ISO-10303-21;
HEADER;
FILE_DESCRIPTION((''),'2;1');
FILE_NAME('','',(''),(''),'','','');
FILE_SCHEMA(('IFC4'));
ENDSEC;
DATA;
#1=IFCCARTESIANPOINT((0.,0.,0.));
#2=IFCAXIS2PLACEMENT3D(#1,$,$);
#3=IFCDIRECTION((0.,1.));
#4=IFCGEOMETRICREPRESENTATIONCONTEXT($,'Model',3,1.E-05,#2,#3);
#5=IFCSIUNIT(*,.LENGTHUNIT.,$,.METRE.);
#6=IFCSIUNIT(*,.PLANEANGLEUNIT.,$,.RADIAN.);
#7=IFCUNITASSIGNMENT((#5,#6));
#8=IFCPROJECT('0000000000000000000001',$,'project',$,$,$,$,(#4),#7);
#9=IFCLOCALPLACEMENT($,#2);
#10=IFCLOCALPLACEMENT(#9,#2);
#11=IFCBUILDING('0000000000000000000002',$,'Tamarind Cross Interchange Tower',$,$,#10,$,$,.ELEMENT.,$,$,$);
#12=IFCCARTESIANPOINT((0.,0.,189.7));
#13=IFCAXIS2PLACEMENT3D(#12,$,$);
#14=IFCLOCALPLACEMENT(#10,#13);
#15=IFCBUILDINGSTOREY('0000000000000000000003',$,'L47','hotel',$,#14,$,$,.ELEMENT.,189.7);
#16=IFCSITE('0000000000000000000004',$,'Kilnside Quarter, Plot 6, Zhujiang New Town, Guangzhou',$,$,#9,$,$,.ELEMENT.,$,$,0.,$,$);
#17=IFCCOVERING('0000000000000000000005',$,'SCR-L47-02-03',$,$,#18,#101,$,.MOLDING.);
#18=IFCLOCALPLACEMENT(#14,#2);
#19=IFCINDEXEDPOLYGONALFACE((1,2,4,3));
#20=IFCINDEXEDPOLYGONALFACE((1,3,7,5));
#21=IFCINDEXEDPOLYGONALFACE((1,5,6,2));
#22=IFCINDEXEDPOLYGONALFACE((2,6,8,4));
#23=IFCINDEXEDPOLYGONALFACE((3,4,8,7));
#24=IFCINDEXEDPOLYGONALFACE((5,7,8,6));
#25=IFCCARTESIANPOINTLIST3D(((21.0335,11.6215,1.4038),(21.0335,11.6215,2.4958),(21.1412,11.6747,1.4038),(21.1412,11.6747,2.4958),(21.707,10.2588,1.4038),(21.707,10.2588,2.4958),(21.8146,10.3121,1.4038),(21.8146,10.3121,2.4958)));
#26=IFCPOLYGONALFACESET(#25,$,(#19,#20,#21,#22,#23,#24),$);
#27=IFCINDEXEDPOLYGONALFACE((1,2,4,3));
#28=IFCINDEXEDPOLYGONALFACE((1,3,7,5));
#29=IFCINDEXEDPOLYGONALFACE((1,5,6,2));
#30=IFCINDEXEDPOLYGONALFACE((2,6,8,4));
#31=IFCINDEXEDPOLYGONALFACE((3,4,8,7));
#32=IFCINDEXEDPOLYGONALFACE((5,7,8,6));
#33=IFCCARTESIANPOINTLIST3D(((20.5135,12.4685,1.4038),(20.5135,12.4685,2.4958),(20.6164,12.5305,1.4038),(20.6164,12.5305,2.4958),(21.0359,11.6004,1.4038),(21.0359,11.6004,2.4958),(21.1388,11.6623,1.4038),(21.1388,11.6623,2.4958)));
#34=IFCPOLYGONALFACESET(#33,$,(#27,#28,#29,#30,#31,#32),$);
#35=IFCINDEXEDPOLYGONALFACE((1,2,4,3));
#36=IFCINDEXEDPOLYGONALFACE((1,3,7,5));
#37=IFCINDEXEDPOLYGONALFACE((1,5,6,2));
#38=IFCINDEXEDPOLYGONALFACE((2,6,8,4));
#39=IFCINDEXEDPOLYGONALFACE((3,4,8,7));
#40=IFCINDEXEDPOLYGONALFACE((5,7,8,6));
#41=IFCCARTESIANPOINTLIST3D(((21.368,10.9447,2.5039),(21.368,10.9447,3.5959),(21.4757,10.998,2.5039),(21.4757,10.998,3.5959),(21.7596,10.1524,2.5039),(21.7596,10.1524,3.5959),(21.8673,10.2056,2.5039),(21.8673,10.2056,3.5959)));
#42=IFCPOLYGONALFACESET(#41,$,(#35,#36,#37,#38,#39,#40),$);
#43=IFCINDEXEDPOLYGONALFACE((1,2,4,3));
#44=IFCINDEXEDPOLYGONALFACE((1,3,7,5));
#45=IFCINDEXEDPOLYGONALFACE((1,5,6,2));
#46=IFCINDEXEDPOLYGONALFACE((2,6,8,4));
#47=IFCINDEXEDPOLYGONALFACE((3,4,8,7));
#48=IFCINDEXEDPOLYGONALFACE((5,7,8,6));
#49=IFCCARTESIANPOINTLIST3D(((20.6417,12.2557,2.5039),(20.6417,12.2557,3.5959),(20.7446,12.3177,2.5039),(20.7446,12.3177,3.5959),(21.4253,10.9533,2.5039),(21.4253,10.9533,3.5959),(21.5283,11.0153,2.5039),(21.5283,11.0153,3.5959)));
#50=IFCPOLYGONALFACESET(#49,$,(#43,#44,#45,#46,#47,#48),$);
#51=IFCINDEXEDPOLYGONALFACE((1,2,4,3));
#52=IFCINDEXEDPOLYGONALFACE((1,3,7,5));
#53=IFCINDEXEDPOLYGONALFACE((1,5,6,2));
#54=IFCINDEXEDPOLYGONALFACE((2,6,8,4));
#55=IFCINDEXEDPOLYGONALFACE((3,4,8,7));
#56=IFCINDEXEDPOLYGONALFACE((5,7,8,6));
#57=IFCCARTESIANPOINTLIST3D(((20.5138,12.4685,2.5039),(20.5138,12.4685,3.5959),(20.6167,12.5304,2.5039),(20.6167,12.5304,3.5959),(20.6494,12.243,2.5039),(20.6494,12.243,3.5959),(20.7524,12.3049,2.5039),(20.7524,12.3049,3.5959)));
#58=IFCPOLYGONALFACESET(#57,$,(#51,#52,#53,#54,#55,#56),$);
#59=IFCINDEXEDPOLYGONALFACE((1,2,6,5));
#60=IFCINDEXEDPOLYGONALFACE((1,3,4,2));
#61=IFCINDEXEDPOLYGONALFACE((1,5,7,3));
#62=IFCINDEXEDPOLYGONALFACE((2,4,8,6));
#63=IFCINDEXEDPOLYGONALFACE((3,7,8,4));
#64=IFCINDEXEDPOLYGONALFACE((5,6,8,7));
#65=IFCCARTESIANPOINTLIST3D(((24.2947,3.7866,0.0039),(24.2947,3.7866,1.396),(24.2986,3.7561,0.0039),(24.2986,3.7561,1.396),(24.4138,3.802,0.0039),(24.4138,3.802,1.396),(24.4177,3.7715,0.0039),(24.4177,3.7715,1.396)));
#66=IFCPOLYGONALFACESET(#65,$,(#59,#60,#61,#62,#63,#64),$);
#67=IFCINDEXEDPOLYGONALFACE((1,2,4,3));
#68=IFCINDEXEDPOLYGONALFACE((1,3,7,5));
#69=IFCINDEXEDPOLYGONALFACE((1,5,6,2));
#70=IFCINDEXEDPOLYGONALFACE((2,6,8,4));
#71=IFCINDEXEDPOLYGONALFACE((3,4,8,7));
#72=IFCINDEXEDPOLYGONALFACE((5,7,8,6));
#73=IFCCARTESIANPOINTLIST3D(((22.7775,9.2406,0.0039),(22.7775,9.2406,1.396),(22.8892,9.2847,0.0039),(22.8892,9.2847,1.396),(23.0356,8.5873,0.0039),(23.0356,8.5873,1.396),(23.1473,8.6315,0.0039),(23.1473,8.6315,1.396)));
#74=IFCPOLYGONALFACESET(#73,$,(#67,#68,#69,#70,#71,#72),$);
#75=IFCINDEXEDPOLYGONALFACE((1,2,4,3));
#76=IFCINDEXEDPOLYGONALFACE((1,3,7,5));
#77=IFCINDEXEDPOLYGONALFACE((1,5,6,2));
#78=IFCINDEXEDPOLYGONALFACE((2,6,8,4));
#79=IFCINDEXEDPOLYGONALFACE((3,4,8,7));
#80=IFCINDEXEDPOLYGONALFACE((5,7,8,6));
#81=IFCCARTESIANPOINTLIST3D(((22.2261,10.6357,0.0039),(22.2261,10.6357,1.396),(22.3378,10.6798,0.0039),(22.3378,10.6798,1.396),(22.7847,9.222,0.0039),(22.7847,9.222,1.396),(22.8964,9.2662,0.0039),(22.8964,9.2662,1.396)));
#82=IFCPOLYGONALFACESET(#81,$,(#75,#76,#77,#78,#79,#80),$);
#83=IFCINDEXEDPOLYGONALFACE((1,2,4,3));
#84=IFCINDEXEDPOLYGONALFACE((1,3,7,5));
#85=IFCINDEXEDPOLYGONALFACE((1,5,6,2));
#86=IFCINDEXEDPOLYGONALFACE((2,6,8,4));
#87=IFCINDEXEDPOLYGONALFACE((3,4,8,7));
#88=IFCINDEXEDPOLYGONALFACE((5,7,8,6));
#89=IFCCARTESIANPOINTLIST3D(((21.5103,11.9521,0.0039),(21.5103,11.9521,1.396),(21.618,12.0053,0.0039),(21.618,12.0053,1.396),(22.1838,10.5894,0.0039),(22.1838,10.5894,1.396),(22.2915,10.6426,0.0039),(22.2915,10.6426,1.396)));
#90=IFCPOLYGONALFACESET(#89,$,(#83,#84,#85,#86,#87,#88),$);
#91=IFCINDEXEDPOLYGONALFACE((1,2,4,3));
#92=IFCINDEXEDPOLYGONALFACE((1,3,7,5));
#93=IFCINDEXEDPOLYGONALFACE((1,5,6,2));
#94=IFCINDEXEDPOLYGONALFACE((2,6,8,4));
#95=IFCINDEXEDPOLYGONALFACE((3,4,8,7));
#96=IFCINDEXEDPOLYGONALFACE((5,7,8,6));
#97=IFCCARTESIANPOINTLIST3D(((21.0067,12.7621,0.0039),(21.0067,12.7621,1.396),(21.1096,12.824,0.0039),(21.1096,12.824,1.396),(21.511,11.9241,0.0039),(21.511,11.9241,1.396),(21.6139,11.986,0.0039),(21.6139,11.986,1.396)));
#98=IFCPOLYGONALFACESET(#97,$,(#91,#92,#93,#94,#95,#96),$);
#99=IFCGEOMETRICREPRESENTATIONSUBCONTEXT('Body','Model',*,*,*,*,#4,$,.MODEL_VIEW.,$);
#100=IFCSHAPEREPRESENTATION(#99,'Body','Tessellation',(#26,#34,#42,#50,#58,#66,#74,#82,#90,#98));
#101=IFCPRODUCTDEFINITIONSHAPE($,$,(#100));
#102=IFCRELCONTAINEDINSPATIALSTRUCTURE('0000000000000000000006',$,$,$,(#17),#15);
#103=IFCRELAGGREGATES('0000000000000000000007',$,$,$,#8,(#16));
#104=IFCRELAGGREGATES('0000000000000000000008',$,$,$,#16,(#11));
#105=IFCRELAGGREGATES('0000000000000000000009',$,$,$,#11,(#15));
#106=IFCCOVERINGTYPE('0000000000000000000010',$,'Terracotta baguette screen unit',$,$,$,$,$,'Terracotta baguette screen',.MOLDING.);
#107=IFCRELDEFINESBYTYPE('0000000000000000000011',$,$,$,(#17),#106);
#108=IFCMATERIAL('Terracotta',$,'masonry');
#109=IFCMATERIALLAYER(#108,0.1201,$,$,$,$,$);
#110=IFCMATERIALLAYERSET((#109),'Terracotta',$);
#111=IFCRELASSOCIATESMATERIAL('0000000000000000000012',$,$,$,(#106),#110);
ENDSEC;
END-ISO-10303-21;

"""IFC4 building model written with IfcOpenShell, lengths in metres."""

from ifc_helpers import new_model, si_unit, direction, frame, origin, origin_2d, place, context, subcontext, project, spatial, rectangle, extrude, material, layer, layer_set, type_object, element, save


model = new_model("IFC4")

# Units and contexts
model_context = context("Model", 3, precision=1e-05, world=origin(), true_north=direction((0.0, 1.0)))
body_context = subcontext(model_context, "Body", "Model", "MODEL_VIEW")
ifc_project = project(units=[si_unit("LENGTHUNIT", "METRE"), si_unit("PLANEANGLEUNIT", "RADIAN")], contexts=[model_context])

# Site, building, storey
site_placement = place(None, origin())
site = spatial("IfcSite", under=ifc_project, at=site_placement, Name="Kilnside Quarter, Plot 6, Zhujiang New Town, Guangzhou", CompositionType="ELEMENT", RefElevation=0.0)
building_placement = place(site_placement, origin())
building = spatial("IfcBuilding", under=site, at=building_placement, Name="Tamarind Cross Interchange Tower", CompositionType="ELEMENT")
storey_placement = place(building_placement, frame((0.0, 0.0, 189.7)))
storey = spatial("IfcBuildingStorey", under=building, at=storey_placement, Name="L47", Description="hotel", CompositionType="ELEMENT", Elevation=189.7)

# Covering
ifc_material_1 = material(Name="Terracotta", Category="masonry")
ifc_layer_1 = layer(ifc_material_1, 0.1201)
ifc_layer_set_1 = layer_set([ifc_layer_1], Name="Terracotta")
covering_type = type_object("IfcCoveringType", Name="Terracotta baguette screen unit", ElementType="Terracotta baguette screen", PredefinedType="MOLDING", material=ifc_layer_set_1)
covering_1_placement = place(storey_placement, origin())
element("IfcCovering", 1, at=covering_1_placement, inside=storey, type_object=covering_type, Name="SCR-L47-02-03", PredefinedType="MOLDING", context=body_context, shape_type="SweptSolid", body=[
    extrude(rectangle(XDim=1.52, YDim=0.1201, at=origin_2d()), frame((21.4241, 10.9668, 1.4038), z_axis=(0.0, 0.0, 1.0), x_axis=(-0.443059, 0.896493, 0.0)), (0.0, 0.0, 1.0), 1.092),
    extrude(rectangle(XDim=1.0132, YDim=0.1201, at=origin_2d()), frame((20.8262, 12.0654, 1.4038), z_axis=(0.0, 0.0, 1.0), x_axis=(-0.515577, 0.856843, 0.0)), (0.0, 0.0, 1.0), 1.092),
    extrude(rectangle(XDim=0.8838, YDim=0.1201, at=origin_2d()), frame((21.6177, 10.5752, 2.5039), z_axis=(0.0, 0.0, 1.0), x_axis=(-0.443059, 0.896493, 0.0)), (0.0, 0.0, 1.0), 1.092),
    extrude(rectangle(XDim=1.52, YDim=0.1201, at=origin_2d()), frame((21.085, 11.6355, 2.5039), z_axis=(0.0, 0.0, 1.0), x_axis=(-0.515577, 0.856843, 0.0)), (0.0, 0.0, 1.0), 1.092),
    extrude(rectangle(XDim=0.2632, YDim=0.1201, at=origin_2d()), frame((20.6331, 12.3867, 2.5039), z_axis=(0.0, 0.0, 1.0), x_axis=(-0.515577, 0.856843, 0.0)), (0.0, 0.0, 1.0), 1.092),
    extrude(rectangle(XDim=0.0308, YDim=0.1201, at=origin_2d()), frame((24.3562, 3.7791, 0.0039), z_axis=(0.0, 0.0, 1.0), x_axis=(-0.127962, 0.991779, 0.0)), (0.0, 0.0, 1.0), 1.3921),
    extrude(rectangle(XDim=0.7024, YDim=0.1201, at=origin_2d()), frame((22.9624, 8.936, 0.0039), z_axis=(0.0, 0.0, 1.0), x_axis=(-0.367514, 0.930018, 0.0)), (0.0, 0.0, 1.0), 1.3921),
    extrude(rectangle(XDim=1.52, YDim=0.1201, at=origin_2d()), frame((22.5613, 9.9509, 0.0039), z_axis=(0.0, 0.0, 1.0), x_axis=(-0.367514, 0.930018, 0.0)), (0.0, 0.0, 1.0), 1.3921),
    extrude(rectangle(XDim=1.52, YDim=0.1201, at=origin_2d()), frame((21.9009, 11.2974, 0.0039), z_axis=(0.0, 0.0, 1.0), x_axis=(-0.443059, 0.896493, 0.0)), (0.0, 0.0, 1.0), 1.3921),
    extrude(rectangle(XDim=0.978, YDim=0.1201, at=origin_2d()), frame((21.3103, 12.374, 0.0039), z_axis=(0.0, 0.0, 1.0), x_axis=(-0.515577, 0.856843, 0.0)), (0.0, 0.0, 1.0), 1.3921),
])

save(model, "model.ifc")
